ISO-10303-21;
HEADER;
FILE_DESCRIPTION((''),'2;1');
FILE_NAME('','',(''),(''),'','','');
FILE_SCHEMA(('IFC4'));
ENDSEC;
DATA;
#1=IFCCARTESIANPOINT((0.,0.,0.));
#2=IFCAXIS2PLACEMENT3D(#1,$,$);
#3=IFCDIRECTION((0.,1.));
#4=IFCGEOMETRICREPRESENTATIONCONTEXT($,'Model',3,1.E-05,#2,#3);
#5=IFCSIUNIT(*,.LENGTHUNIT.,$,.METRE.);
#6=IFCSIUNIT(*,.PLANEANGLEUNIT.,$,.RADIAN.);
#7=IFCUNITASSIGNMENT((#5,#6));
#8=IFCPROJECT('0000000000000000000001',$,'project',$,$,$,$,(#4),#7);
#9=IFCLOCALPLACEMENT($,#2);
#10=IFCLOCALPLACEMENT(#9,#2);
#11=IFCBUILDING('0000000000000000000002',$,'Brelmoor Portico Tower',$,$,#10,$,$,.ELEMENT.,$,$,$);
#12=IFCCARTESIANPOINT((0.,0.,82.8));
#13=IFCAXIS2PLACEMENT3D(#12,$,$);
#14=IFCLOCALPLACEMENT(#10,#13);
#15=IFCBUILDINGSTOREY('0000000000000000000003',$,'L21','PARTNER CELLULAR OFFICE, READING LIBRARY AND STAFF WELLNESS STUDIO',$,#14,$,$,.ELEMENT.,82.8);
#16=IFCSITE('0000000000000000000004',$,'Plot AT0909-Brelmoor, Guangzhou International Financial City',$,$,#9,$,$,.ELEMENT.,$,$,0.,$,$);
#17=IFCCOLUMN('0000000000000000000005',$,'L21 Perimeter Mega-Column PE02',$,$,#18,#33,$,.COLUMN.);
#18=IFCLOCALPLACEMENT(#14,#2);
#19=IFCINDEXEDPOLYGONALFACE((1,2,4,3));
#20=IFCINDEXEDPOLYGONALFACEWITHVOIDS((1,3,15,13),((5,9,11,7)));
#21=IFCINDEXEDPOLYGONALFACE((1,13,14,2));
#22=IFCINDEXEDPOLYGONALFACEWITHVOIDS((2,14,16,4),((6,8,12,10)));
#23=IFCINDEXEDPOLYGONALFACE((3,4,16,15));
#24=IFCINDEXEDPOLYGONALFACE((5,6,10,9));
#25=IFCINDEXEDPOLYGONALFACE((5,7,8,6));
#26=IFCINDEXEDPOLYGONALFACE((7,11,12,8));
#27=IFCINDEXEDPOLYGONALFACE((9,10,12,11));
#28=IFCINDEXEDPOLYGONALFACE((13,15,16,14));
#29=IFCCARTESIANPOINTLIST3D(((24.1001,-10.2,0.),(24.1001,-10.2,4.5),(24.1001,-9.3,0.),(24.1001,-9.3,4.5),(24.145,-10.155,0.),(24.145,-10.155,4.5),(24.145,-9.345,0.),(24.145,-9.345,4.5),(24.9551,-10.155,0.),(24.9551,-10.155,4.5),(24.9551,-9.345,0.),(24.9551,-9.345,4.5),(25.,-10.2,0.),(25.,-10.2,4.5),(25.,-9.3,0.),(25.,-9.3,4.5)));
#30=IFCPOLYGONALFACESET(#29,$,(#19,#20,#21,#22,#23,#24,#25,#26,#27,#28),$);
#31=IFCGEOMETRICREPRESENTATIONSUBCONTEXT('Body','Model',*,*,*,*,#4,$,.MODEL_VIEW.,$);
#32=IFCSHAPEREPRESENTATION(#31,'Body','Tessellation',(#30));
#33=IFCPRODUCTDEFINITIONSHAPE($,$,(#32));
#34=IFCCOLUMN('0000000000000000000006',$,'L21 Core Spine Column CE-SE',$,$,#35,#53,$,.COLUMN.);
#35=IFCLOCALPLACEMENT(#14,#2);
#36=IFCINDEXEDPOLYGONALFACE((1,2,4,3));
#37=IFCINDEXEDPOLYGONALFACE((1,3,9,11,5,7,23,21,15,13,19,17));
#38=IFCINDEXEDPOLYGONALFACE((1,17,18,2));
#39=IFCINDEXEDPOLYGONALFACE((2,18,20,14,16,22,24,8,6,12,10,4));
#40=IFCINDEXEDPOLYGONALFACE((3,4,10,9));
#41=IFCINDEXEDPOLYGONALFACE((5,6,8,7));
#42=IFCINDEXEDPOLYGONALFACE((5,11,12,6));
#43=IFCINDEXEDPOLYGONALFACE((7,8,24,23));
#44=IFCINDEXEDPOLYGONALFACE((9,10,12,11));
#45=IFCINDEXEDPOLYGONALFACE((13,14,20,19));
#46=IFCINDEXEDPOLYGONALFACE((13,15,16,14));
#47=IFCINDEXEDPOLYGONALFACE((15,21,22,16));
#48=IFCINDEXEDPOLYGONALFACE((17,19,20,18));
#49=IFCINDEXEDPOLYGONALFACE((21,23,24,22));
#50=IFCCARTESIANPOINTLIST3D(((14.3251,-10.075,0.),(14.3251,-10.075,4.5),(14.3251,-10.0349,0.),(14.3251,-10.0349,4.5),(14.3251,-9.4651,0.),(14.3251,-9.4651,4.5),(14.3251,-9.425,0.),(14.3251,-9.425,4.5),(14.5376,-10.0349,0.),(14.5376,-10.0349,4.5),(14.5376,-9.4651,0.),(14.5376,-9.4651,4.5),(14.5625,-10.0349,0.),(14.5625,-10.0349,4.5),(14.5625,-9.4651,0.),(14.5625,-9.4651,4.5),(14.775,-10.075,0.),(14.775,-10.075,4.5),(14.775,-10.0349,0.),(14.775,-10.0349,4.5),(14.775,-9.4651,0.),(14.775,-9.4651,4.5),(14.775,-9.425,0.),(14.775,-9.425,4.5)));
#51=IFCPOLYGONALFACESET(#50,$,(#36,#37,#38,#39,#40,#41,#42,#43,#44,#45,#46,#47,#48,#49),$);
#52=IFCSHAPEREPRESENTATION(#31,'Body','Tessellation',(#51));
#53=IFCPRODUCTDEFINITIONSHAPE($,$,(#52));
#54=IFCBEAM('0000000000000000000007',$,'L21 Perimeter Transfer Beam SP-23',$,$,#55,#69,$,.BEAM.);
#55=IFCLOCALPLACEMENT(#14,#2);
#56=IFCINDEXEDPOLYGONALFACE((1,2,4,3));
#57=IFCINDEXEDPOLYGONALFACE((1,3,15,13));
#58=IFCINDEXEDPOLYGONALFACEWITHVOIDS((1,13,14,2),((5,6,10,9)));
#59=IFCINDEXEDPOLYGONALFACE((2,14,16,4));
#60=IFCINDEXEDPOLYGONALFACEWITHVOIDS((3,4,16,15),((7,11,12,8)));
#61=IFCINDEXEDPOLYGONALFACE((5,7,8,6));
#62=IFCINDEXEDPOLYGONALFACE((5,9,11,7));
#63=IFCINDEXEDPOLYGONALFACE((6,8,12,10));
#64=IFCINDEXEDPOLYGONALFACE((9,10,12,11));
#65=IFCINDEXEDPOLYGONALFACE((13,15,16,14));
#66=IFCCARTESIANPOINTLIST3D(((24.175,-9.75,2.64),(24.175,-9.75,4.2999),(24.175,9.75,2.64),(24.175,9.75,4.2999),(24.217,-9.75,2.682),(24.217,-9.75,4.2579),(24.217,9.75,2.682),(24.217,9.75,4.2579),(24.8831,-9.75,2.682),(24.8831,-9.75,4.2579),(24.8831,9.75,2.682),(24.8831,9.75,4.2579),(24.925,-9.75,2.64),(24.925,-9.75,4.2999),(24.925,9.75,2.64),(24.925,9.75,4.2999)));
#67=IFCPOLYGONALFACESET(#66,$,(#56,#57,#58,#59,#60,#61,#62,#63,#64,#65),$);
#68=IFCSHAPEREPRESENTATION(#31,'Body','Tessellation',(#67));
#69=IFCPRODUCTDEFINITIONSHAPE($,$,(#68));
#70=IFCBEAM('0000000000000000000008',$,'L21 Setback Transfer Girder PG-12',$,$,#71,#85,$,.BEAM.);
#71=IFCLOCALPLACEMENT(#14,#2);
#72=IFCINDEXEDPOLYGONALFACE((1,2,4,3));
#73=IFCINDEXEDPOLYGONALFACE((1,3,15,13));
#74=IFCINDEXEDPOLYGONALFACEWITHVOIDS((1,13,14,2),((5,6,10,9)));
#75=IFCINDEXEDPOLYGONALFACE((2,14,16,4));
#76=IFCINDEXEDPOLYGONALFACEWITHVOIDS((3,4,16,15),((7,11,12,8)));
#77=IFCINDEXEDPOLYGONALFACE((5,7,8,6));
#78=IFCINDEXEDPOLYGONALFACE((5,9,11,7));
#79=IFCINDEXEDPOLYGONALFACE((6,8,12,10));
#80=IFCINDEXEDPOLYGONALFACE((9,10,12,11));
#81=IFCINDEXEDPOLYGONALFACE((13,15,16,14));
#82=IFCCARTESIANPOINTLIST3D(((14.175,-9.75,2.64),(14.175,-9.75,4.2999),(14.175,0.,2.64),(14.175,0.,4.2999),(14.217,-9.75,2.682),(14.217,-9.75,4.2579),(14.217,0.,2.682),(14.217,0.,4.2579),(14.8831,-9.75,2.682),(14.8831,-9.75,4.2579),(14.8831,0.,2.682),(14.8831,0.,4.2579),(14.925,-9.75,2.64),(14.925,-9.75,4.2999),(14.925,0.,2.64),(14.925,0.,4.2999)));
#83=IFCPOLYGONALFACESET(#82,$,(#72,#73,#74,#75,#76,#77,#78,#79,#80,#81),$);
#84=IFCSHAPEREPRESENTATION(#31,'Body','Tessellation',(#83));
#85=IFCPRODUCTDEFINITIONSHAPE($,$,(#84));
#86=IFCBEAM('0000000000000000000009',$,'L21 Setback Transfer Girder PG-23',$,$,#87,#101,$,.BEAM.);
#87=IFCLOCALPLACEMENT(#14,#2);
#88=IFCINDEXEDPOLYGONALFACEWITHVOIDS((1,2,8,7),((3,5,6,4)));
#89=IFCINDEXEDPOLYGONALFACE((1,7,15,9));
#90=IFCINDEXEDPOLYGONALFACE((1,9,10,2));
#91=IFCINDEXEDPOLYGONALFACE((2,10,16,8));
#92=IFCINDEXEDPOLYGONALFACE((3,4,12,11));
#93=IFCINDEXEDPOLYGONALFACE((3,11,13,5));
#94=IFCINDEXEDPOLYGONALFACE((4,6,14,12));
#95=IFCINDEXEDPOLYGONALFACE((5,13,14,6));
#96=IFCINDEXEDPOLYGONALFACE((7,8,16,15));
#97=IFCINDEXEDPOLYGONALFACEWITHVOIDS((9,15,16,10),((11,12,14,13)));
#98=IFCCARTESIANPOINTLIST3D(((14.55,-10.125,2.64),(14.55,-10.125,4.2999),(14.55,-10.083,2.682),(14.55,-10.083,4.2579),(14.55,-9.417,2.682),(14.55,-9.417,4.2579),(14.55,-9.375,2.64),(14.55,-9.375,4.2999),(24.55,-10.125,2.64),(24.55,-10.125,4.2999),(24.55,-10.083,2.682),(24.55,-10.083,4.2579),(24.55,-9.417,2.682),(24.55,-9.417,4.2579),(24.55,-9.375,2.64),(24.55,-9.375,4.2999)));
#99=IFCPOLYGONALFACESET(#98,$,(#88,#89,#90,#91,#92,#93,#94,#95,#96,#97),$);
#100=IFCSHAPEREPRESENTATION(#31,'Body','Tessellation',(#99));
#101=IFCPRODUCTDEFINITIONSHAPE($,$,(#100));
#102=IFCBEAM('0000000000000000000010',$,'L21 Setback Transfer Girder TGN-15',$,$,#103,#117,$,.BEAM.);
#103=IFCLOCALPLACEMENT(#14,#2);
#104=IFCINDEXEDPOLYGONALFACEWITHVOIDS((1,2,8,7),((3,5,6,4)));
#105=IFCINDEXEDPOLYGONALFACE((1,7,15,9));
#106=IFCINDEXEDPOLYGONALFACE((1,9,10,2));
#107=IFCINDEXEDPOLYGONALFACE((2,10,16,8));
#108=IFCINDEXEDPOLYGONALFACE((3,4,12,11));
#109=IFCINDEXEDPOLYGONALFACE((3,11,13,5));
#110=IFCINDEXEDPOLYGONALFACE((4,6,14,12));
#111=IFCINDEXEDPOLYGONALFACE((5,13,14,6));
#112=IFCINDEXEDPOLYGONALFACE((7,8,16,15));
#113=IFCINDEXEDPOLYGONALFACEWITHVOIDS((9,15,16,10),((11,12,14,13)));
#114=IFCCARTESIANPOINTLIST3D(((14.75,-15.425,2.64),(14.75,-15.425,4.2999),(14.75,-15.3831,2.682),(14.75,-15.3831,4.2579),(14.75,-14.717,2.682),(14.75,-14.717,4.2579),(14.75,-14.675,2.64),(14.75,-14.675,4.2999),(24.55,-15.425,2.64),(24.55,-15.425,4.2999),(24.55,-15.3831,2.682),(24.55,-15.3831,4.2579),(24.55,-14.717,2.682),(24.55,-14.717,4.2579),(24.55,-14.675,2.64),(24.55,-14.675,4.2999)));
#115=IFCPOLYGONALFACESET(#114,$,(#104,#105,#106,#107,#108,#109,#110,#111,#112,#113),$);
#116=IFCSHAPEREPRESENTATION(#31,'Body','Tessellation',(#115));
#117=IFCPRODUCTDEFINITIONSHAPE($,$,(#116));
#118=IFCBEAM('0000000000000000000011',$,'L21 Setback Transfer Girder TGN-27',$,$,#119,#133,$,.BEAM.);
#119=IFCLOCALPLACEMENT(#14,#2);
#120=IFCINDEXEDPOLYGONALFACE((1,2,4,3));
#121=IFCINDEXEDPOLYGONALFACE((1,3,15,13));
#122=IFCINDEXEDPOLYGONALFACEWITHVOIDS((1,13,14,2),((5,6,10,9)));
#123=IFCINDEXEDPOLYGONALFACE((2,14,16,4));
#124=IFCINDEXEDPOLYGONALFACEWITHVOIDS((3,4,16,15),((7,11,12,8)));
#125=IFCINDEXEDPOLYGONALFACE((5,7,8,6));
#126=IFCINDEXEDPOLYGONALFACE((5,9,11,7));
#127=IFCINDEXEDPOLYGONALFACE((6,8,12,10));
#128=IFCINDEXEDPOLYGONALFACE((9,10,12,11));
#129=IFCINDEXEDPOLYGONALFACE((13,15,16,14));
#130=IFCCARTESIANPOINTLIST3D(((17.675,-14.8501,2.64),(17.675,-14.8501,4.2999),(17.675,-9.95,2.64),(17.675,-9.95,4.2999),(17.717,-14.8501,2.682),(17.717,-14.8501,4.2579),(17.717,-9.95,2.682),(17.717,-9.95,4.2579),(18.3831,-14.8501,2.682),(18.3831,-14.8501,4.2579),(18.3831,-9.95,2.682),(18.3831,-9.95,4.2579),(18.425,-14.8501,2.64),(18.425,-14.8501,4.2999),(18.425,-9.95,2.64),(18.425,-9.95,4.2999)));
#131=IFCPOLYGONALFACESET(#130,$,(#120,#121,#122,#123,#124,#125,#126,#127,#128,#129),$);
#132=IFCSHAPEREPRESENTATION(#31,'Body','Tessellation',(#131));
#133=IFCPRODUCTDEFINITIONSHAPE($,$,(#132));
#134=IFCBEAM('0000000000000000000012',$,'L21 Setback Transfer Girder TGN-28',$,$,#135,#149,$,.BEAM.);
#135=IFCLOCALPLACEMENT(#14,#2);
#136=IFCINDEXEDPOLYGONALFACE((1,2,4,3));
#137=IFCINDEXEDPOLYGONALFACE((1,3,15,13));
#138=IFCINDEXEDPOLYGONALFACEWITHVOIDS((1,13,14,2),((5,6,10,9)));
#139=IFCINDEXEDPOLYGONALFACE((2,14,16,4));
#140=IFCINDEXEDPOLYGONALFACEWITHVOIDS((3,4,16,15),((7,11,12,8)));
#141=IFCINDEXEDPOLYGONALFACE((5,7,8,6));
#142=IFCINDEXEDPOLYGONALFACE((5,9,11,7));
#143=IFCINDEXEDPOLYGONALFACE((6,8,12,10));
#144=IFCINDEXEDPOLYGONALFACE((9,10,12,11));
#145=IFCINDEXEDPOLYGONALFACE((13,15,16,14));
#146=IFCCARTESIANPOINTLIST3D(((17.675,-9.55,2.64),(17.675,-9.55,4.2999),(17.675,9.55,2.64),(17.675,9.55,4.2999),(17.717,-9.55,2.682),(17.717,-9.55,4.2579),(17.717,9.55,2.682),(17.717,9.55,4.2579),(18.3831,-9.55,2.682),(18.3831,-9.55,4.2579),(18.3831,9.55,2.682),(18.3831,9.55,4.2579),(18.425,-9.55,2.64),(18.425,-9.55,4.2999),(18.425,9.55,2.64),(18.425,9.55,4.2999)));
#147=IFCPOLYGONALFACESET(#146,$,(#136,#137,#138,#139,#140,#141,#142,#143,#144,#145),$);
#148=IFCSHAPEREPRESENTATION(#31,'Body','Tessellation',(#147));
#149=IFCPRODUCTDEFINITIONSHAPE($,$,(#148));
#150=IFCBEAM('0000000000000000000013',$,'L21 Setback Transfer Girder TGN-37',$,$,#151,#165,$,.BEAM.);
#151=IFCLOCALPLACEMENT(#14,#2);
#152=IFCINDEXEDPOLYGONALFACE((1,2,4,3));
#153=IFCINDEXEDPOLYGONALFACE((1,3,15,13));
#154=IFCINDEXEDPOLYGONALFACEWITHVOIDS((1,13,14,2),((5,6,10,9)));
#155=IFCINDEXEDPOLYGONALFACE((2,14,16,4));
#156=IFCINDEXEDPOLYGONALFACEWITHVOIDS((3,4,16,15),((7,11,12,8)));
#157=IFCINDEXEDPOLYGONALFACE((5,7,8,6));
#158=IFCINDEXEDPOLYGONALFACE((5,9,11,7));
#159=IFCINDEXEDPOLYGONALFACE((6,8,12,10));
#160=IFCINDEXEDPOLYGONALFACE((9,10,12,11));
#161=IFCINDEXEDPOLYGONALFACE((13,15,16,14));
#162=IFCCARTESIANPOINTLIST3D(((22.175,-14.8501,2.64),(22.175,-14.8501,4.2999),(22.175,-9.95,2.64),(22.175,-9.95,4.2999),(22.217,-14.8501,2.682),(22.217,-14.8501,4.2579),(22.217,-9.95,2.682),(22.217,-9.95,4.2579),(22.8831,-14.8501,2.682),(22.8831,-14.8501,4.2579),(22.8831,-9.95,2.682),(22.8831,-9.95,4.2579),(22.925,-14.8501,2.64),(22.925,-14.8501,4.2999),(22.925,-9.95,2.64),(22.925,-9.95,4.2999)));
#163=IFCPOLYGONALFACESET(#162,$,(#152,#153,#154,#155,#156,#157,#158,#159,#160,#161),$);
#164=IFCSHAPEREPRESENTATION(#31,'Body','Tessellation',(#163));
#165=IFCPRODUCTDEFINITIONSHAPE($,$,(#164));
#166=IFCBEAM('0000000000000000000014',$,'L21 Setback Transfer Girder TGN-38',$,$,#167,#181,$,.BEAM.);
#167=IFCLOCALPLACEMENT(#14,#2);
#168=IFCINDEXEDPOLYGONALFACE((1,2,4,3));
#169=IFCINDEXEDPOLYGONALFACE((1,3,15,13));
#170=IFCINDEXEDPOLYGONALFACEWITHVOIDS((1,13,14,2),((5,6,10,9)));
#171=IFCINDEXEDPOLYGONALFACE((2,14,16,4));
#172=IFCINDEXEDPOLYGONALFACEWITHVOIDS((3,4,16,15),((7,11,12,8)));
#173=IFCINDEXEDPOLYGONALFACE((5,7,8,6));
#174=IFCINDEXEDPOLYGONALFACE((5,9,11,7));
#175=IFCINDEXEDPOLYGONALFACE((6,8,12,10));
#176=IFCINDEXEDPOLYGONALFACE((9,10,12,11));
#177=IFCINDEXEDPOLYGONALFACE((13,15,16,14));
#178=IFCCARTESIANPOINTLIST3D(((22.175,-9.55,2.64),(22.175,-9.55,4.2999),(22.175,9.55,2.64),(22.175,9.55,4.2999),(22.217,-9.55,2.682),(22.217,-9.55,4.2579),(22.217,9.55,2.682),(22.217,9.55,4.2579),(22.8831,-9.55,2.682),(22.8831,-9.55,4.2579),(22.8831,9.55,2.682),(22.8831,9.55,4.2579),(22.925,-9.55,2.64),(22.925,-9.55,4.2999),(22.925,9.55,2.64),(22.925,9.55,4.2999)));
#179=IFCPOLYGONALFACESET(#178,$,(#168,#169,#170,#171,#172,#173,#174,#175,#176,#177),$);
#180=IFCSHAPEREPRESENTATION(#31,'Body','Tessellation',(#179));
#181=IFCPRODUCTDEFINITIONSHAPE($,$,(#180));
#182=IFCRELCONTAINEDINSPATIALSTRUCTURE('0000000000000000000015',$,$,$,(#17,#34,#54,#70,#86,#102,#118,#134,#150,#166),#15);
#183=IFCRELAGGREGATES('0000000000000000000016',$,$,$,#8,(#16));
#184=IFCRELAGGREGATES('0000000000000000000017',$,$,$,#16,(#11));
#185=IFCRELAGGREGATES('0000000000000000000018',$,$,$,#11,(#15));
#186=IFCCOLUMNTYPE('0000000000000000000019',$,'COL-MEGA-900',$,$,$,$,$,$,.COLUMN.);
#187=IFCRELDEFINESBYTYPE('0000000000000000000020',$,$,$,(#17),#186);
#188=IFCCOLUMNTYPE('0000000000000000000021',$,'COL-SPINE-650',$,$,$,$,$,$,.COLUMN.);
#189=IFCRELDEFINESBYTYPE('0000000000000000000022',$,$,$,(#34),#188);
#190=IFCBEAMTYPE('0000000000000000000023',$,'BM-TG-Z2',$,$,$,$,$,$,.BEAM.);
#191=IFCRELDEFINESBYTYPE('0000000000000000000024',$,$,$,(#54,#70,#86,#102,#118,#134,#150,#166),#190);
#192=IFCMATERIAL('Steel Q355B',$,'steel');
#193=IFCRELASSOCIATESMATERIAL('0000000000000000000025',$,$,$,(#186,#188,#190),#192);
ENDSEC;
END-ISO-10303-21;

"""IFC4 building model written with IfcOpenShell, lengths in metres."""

from ifc_helpers import new_model, si_unit, direction, frame, origin, origin_2d, place, context, subcontext, project, spatial, hollow_rectangle, i_section, extrude, material, material_profile, profile_set, type_object, element, save


model = new_model("IFC4")

# Units and contexts
model_context = context("Model", 3, precision=1e-05, world=origin(), true_north=direction((0.0, 1.0)))
body_context = subcontext(model_context, "Body", "Model", "MODEL_VIEW")
ifc_project = project(units=[si_unit("LENGTHUNIT", "METRE"), si_unit("PLANEANGLEUNIT", "RADIAN")], contexts=[model_context])

# Site, building, storey
site_placement = place(None, origin())
site = spatial("IfcSite", under=ifc_project, at=site_placement, Name="Plot AT0909-Brelmoor, Guangzhou International Financial City", CompositionType="ELEMENT", RefElevation=0.0)
building_placement = place(site_placement, origin())
building = spatial("IfcBuilding", under=site, at=building_placement, Name="Brelmoor Portico Tower", CompositionType="ELEMENT")
storey_placement = place(building_placement, frame((0.0, 0.0, 82.8)))
storey = spatial("IfcBuildingStorey", under=building, at=storey_placement, Name="L21", Description="PARTNER CELLULAR OFFICE, READING LIBRARY AND STAFF WELLNESS STUDIO", CompositionType="ELEMENT", Elevation=82.8)

# Columns
ifc_material_1 = material(Name="Steel Q355B", Category="steel")
ifc_material_profile_1 = material_profile(ifc_material_1, hollow_rectangle(XDim=0.8999, YDim=0.8999, WallThickness=0.0449, at=origin_2d()), Name="BOX 900x900x45")
ifc_profile_set_1 = profile_set([ifc_material_profile_1], Name="Steel Q355B")
column_type_1 = type_object("IfcColumnType", Name="COL-MEGA-900", PredefinedType="COLUMN", material=ifc_profile_set_1)
column_1_placement = place(storey_placement, frame((24.55, -9.75, 0.0), z_axis=(0.0, 0.0, 1.0), x_axis=(0.0, 1.0, 0.0)))
element("IfcColumn", 1, at=column_1_placement, inside=storey, type_object=column_type_1, Name="L21 Perimeter Mega-Column PE02", PredefinedType="COLUMN", context=body_context, shape_type="SweptSolid", body=[
    extrude(hollow_rectangle(XDim=0.8999, YDim=0.8999, WallThickness=0.0449, at=origin_2d()), origin(), (0.0, 0.0, 1.0), 4.5),
])
ifc_material_profile_2 = material_profile(ifc_material_1, i_section(OverallWidth=0.45, OverallDepth=0.6499, WebThickness=0.0249, FlangeThickness=0.04, at=origin_2d()), Name="HW 650x450x25x40")
ifc_profile_set_2 = profile_set([ifc_material_profile_2], Name="Steel Q355B")
column_type_2 = type_object("IfcColumnType", Name="COL-SPINE-650", PredefinedType="COLUMN", material=ifc_profile_set_2)
column_2_placement = place(storey_placement, frame((14.55, -9.75, 0.0), z_axis=(0.0, 0.0, 1.0), x_axis=(1.0, 0.0, 0.0)))
element("IfcColumn", 2, at=column_2_placement, inside=storey, type_object=column_type_2, Name="L21 Core Spine Column CE-SE", PredefinedType="COLUMN", context=body_context, shape_type="SweptSolid", body=[
    extrude(i_section(OverallWidth=0.45, OverallDepth=0.6499, WebThickness=0.0249, FlangeThickness=0.04, at=origin_2d()), origin(), (0.0, 0.0, 1.0), 4.5),
])

# Beams
ifc_material_profile_3 = material_profile(ifc_material_1, hollow_rectangle(XDim=0.75, YDim=1.6599, WallThickness=0.042, at=origin_2d()), Name="BOX 750x1660x42")
ifc_profile_set_3 = profile_set([ifc_material_profile_3], Name="Steel Q355B")
beam_type = type_object("IfcBeamType", Name="BM-TG-Z2", PredefinedType="BEAM", material=ifc_profile_set_3)
beam_1_placement = place(storey_placement, frame((24.55, -9.75, 3.47), z_axis=(0.0, 1.0, 0.0), x_axis=(-1.0, 0.0, 0.0)))
element("IfcBeam", 3, at=beam_1_placement, inside=storey, type_object=beam_type, Name="L21 Perimeter Transfer Beam SP-23", PredefinedType="BEAM", context=body_context, shape_type="SweptSolid", body=[
    extrude(hollow_rectangle(XDim=0.75, YDim=1.6599, WallThickness=0.042, at=origin_2d()), origin(), (0.0, 0.0, 1.0), 19.5),
])
beam_2_placement = place(storey_placement, frame((14.55, -9.75, 3.47), z_axis=(0.0, 1.0, 0.0), x_axis=(-1.0, 0.0, 0.0)))
element("IfcBeam", 4, at=beam_2_placement, inside=storey, type_object=beam_type, Name="L21 Setback Transfer Girder PG-12", PredefinedType="BEAM", context=body_context, shape_type="SweptSolid", body=[
    extrude(hollow_rectangle(XDim=0.75, YDim=1.6599, WallThickness=0.042, at=origin_2d()), origin(), (0.0, 0.0, 1.0), 9.75),
])
beam_3_placement = place(storey_placement, frame((14.55, -9.75, 3.47), z_axis=(1.0, 0.0, 0.0), x_axis=(0.0, 1.0, 0.0)))
element("IfcBeam", 5, at=beam_3_placement, inside=storey, type_object=beam_type, Name="L21 Setback Transfer Girder PG-23", PredefinedType="BEAM", context=body_context, shape_type="SweptSolid", body=[
    extrude(hollow_rectangle(XDim=0.75, YDim=1.6599, WallThickness=0.042, at=origin_2d()), origin(), (0.0, 0.0, 1.0), 10.0),
])
beam_4_placement = place(storey_placement, frame((14.75, -15.05, 3.47), z_axis=(1.0, 0.0, 0.0), x_axis=(0.0, 1.0, 0.0)))
element("IfcBeam", 6, at=beam_4_placement, inside=storey, type_object=beam_type, Name="L21 Setback Transfer Girder TGN-15", PredefinedType="BEAM", context=body_context, shape_type="SweptSolid", body=[
    extrude(hollow_rectangle(XDim=0.75, YDim=1.6599, WallThickness=0.042, at=origin_2d()), origin(), (0.0, 0.0, 1.0), 9.8),
])
beam_5_placement = place(storey_placement, frame((18.05, -14.8501, 3.47), z_axis=(0.0, 1.0, 0.0), x_axis=(-1.0, 0.0, 0.0)))
element("IfcBeam", 7, at=beam_5_placement, inside=storey, type_object=beam_type, Name="L21 Setback Transfer Girder TGN-27", PredefinedType="BEAM", context=body_context, shape_type="SweptSolid", body=[
    extrude(hollow_rectangle(XDim=0.75, YDim=1.6599, WallThickness=0.042, at=origin_2d()), origin(), (0.0, 0.0, 1.0), 4.9001),
])
beam_6_placement = place(storey_placement, frame((18.05, -9.55, 3.47), z_axis=(0.0, 1.0, 0.0), x_axis=(-1.0, 0.0, 0.0)))
element("IfcBeam", 8, at=beam_6_placement, inside=storey, type_object=beam_type, Name="L21 Setback Transfer Girder TGN-28", PredefinedType="BEAM", context=body_context, shape_type="SweptSolid", body=[
    extrude(hollow_rectangle(XDim=0.75, YDim=1.6599, WallThickness=0.042, at=origin_2d()), origin(), (0.0, 0.0, 1.0), 19.1001),
])
beam_7_placement = place(storey_placement, frame((22.55, -14.8501, 3.47), z_axis=(0.0, 1.0, 0.0), x_axis=(-1.0, 0.0, 0.0)))
element("IfcBeam", 9, at=beam_7_placement, inside=storey, type_object=beam_type, Name="L21 Setback Transfer Girder TGN-37", PredefinedType="BEAM", context=body_context, shape_type="SweptSolid", body=[
    extrude(hollow_rectangle(XDim=0.75, YDim=1.6599, WallThickness=0.042, at=origin_2d()), origin(), (0.0, 0.0, 1.0), 4.9001),
])
beam_8_placement = place(storey_placement, frame((22.55, -9.55, 3.47), z_axis=(0.0, 1.0, 0.0), x_axis=(-1.0, 0.0, 0.0)))
element("IfcBeam", 10, at=beam_8_placement, inside=storey, type_object=beam_type, Name="L21 Setback Transfer Girder TGN-38", PredefinedType="BEAM", context=body_context, shape_type="SweptSolid", body=[
    extrude(hollow_rectangle(XDim=0.75, YDim=1.6599, WallThickness=0.042, at=origin_2d()), origin(), (0.0, 0.0, 1.0), 19.1001),
])

save(model, "model.ifc")
